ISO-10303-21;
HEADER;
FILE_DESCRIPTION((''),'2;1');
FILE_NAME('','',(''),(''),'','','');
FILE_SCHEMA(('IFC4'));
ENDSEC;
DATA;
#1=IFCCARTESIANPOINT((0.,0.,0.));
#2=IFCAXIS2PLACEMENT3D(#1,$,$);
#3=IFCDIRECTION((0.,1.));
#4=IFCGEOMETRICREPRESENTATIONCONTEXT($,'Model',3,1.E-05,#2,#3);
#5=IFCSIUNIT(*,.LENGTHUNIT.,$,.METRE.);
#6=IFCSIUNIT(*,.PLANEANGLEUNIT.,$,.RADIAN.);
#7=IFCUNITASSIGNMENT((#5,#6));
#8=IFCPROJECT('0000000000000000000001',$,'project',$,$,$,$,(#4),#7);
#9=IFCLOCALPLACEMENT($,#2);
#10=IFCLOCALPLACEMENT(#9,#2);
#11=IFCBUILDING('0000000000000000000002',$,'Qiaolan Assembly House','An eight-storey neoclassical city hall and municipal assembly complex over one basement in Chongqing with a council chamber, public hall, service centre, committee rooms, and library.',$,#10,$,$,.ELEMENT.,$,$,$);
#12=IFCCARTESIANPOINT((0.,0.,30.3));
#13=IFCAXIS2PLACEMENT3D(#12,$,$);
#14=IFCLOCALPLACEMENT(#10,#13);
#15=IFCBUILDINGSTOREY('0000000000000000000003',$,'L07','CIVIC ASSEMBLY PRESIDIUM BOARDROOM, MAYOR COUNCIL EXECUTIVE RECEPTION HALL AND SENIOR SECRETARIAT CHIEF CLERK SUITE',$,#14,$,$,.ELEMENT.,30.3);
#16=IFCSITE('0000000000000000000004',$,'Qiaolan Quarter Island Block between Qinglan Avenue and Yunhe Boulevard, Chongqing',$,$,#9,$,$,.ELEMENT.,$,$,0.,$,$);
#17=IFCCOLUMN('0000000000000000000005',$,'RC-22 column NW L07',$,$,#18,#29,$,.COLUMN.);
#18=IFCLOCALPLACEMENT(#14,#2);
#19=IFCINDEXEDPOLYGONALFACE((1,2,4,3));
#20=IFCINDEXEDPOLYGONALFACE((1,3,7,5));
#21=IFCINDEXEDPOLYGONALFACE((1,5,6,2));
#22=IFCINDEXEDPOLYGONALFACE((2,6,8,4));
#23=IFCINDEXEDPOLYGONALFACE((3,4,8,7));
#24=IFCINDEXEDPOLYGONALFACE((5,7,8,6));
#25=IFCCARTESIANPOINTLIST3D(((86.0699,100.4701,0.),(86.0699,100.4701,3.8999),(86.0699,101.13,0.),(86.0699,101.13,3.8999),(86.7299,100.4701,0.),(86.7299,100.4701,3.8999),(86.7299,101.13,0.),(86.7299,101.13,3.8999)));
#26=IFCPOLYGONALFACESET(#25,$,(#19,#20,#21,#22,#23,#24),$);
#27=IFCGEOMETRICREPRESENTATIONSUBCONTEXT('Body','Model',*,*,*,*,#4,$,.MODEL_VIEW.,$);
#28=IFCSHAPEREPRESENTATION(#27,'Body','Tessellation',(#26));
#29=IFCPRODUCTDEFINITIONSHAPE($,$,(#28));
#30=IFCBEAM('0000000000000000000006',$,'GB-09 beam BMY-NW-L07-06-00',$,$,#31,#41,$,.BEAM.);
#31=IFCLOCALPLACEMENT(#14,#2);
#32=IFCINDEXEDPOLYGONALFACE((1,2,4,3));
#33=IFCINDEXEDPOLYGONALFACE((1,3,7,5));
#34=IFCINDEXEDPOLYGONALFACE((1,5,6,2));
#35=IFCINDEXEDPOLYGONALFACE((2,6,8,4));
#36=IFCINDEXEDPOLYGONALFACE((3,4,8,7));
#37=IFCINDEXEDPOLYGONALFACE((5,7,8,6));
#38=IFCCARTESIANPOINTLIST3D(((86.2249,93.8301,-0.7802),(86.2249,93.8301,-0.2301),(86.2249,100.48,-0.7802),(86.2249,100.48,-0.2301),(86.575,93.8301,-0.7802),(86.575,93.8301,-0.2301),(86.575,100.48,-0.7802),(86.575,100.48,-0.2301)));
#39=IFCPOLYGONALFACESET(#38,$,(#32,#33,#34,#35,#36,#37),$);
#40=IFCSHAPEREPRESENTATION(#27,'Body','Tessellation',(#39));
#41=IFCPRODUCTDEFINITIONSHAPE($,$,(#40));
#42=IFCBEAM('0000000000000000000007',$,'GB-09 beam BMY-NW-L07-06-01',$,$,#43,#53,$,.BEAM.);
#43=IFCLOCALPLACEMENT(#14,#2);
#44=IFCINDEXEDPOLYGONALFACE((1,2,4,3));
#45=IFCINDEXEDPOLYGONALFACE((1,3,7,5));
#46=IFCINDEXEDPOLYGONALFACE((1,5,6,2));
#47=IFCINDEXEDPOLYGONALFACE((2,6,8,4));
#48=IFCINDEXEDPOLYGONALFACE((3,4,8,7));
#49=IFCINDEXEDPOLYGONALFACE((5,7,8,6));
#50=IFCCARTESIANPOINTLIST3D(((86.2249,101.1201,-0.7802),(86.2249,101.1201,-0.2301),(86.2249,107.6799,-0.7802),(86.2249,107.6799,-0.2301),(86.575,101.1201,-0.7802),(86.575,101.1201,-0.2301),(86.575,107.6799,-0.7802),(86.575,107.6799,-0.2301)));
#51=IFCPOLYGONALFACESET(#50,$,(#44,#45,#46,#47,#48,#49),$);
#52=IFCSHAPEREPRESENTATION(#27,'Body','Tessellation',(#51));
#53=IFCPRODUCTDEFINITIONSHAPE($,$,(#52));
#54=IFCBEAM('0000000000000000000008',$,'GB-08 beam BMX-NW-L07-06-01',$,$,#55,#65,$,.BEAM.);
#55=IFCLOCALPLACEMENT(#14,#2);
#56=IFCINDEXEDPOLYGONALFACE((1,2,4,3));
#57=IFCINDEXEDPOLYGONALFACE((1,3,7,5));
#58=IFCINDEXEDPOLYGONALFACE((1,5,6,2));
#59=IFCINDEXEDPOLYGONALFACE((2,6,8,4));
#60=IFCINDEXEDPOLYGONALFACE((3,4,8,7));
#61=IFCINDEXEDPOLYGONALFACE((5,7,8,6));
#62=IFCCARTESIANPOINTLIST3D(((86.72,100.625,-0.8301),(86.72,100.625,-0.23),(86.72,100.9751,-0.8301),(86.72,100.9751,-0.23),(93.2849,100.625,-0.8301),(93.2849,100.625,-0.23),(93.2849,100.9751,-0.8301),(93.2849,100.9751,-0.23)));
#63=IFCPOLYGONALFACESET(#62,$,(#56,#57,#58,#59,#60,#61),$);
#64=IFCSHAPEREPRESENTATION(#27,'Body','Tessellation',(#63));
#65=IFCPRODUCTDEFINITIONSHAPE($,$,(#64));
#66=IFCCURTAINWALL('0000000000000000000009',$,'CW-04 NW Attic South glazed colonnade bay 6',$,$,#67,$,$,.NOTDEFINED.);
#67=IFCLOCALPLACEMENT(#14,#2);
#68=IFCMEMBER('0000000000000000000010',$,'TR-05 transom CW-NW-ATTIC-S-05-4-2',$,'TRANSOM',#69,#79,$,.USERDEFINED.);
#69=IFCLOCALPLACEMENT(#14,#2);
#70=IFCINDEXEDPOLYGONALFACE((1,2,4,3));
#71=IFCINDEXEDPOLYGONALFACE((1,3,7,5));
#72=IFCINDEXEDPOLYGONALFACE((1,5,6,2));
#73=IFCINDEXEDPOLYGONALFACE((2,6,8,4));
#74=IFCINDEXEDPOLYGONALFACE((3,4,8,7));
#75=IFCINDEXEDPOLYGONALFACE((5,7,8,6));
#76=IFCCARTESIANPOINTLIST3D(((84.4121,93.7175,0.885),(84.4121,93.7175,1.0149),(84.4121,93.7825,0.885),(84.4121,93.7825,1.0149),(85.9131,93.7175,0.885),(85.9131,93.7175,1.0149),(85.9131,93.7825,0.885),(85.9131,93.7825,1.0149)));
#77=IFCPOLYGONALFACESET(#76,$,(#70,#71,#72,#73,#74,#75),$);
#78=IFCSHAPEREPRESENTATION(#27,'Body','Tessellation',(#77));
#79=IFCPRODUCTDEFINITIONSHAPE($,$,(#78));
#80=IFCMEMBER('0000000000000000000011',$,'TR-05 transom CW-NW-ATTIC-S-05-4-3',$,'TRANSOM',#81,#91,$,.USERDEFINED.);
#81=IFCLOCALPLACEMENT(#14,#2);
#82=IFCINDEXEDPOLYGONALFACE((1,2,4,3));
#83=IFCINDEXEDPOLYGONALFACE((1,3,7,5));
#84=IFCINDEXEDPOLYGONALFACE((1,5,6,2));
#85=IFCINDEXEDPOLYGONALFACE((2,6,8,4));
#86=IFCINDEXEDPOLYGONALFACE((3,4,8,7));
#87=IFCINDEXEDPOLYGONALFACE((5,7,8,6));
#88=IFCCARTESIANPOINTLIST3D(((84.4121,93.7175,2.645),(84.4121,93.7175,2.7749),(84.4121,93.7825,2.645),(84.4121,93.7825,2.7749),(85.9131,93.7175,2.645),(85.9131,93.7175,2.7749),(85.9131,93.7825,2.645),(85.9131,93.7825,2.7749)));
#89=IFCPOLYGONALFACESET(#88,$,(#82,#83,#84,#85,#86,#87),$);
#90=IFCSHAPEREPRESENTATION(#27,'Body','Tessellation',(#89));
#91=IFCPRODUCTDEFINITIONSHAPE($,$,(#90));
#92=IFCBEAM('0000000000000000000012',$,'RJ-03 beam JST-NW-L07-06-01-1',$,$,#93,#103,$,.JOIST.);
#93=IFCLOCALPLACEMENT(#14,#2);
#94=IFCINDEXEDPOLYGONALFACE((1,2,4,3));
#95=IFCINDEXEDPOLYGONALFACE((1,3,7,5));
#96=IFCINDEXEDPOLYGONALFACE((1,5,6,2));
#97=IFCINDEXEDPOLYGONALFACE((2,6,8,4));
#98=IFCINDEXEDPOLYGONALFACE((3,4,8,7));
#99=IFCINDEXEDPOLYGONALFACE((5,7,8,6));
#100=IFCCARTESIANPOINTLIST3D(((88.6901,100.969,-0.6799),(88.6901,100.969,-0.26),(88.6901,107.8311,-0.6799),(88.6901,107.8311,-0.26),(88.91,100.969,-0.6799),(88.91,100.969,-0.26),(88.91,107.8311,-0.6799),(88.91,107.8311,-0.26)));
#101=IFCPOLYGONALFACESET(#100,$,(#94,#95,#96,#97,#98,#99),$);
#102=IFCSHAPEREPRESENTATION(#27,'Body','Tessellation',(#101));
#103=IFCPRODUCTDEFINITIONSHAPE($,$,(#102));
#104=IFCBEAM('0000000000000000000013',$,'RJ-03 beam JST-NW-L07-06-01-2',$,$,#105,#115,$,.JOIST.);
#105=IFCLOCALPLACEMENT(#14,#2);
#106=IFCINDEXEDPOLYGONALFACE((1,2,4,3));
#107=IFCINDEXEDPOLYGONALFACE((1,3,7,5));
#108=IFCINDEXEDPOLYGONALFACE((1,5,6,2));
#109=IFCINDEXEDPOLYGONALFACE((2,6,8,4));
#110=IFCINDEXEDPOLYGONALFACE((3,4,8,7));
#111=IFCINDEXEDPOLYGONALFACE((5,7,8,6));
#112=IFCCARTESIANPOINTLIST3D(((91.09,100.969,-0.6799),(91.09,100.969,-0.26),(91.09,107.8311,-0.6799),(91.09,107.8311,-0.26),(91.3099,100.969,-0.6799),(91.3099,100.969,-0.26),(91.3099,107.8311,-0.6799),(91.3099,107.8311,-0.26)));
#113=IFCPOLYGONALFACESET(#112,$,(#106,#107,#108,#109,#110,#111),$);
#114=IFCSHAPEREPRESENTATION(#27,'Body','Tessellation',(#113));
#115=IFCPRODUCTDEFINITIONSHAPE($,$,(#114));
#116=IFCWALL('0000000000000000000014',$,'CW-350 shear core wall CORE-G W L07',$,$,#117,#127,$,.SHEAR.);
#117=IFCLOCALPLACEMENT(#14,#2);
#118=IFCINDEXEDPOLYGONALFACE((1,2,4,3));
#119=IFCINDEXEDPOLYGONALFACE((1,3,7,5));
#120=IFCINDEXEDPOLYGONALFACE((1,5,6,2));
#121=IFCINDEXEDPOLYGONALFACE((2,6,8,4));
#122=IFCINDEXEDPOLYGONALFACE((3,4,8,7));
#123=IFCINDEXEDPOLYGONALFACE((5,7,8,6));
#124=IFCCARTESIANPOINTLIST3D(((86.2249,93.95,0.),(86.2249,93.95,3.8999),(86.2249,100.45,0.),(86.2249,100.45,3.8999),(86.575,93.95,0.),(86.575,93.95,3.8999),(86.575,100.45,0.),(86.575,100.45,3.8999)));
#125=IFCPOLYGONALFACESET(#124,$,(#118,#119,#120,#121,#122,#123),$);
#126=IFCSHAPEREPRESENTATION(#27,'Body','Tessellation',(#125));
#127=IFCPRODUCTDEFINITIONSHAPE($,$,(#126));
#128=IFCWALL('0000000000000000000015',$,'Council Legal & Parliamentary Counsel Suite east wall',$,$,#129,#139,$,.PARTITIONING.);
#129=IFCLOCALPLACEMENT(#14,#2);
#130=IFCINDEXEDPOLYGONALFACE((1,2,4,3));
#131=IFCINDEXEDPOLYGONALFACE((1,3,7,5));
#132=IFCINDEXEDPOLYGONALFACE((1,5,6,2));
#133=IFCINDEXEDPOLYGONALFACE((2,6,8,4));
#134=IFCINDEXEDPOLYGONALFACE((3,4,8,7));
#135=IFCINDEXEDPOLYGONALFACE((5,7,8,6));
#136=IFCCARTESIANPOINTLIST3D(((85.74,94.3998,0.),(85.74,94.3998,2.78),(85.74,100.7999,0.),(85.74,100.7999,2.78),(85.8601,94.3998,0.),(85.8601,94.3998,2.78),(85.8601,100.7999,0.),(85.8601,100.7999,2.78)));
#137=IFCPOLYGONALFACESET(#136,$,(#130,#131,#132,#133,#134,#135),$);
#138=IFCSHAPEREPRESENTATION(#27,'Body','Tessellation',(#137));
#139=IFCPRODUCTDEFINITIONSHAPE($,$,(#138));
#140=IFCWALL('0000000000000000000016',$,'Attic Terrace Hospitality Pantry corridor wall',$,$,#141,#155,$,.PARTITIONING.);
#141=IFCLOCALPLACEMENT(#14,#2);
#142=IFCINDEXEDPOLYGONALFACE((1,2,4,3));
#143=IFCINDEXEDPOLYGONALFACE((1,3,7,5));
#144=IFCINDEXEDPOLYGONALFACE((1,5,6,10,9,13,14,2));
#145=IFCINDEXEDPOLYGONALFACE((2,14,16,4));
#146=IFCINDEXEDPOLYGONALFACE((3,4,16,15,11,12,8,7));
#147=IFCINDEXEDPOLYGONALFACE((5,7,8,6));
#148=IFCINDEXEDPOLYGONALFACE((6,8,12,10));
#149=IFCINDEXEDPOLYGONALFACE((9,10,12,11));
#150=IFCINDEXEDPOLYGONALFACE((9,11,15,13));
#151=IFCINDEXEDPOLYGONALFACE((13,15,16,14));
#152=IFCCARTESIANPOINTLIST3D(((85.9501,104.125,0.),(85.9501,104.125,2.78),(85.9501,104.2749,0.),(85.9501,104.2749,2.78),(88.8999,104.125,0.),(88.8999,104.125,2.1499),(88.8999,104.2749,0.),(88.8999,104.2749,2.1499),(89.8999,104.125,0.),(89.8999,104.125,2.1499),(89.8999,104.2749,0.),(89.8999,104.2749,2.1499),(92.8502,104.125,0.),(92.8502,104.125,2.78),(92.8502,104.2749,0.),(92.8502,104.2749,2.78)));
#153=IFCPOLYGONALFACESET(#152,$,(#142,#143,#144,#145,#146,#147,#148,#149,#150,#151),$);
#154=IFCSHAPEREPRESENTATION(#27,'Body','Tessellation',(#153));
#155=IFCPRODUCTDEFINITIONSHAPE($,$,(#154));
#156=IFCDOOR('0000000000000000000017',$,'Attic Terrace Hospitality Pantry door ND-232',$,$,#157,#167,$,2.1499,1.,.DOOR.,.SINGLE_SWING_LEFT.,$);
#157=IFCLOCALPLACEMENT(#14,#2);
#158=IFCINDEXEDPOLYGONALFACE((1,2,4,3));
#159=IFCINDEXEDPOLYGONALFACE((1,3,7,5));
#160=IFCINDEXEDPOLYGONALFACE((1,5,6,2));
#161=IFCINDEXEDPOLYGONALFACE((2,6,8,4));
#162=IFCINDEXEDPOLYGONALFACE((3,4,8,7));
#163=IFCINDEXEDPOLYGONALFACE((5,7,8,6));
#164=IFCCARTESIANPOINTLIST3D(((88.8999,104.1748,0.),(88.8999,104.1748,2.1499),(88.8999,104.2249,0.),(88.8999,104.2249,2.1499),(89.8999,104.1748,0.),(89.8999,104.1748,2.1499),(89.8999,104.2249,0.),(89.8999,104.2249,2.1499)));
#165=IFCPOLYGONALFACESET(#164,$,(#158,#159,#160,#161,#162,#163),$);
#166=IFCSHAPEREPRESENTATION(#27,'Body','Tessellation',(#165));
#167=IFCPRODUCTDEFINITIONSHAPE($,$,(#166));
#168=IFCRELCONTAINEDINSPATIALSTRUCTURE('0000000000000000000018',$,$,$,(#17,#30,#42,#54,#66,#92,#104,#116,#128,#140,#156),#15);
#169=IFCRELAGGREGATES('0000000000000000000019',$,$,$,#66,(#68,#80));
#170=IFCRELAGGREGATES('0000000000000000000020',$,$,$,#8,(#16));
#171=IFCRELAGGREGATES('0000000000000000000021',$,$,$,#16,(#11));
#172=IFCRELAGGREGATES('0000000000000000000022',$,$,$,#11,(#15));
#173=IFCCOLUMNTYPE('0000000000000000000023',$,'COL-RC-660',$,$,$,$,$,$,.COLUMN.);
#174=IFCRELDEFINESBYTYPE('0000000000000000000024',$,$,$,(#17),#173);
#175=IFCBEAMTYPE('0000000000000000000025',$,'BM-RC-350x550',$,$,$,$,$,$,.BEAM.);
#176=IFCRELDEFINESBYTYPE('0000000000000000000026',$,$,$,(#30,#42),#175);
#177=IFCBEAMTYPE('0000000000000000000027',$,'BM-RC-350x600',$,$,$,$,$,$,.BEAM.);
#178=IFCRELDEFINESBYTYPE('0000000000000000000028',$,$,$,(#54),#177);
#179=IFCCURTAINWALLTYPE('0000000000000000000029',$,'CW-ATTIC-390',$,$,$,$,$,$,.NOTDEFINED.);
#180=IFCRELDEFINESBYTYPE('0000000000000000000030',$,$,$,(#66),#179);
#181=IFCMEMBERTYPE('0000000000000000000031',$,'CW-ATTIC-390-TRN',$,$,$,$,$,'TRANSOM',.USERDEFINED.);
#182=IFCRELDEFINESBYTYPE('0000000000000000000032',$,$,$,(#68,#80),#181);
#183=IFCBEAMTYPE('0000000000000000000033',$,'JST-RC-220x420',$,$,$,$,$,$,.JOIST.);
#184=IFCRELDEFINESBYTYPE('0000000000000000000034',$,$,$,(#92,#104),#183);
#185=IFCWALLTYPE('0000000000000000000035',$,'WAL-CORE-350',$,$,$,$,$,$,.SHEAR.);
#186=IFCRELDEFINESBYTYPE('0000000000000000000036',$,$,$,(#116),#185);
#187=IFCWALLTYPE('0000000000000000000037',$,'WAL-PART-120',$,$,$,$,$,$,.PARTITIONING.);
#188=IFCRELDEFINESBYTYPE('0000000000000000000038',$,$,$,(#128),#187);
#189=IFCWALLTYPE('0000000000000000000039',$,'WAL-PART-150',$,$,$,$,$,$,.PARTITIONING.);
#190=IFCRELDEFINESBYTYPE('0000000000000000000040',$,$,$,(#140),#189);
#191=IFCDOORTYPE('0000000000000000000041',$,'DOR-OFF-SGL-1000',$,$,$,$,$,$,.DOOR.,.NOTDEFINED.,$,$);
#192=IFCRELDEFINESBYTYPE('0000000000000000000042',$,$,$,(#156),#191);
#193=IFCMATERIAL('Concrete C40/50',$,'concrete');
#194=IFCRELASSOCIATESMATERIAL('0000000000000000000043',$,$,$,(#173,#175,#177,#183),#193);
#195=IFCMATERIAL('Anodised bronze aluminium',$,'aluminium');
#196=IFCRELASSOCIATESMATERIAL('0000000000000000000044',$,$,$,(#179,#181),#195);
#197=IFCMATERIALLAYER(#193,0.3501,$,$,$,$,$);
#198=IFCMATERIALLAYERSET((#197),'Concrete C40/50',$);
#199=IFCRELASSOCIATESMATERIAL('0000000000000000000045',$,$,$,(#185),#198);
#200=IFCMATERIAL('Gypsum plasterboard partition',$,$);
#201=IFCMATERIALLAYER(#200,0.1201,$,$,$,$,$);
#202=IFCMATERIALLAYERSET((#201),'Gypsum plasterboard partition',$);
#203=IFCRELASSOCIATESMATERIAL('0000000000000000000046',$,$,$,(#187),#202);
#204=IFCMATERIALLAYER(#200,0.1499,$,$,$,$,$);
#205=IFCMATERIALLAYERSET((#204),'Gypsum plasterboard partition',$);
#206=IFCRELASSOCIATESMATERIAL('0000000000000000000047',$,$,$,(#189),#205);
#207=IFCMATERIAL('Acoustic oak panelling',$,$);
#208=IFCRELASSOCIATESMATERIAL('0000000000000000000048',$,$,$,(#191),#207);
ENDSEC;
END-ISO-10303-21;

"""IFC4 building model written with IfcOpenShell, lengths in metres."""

from ifc_helpers import new_model, si_unit, direction, frame, frame_2d, origin, origin_2d, place, context, subcontext, project, spatial, rectangle, extrude, material, layer, layer_set, material_profile, profile_set, type_object, element, fill, aggregate, save


model = new_model("IFC4")

# Units and contexts
model_context = context("Model", 3, precision=1e-05, world=origin(), true_north=direction((0.0, 1.0)))
body_context = subcontext(model_context, "Body", "Model", "MODEL_VIEW")
ifc_project = project(units=[si_unit("LENGTHUNIT", "METRE"), si_unit("PLANEANGLEUNIT", "RADIAN")], contexts=[model_context])

# Site, building, storey
site_placement = place(None, origin())
site = spatial("IfcSite", under=ifc_project, at=site_placement, Name="Qiaolan Quarter Island Block between Qinglan Avenue and Yunhe Boulevard, Chongqing", CompositionType="ELEMENT", RefElevation=0.0)
building_placement = place(site_placement, origin())
building = spatial("IfcBuilding", under=site, at=building_placement, Name="Qiaolan Assembly House", Description="An eight-storey neoclassical city hall and municipal assembly complex over one basement in Chongqing with a council chamber, public hall, service centre, committee rooms, and library.", CompositionType="ELEMENT")
storey_placement = place(building_placement, frame((0.0, 0.0, 30.3)))
storey = spatial("IfcBuildingStorey", under=building, at=storey_placement, Name="L07", Description="CIVIC ASSEMBLY PRESIDIUM BOARDROOM, MAYOR COUNCIL EXECUTIVE RECEPTION HALL AND SENIOR SECRETARIAT CHIEF CLERK SUITE", CompositionType="ELEMENT", Elevation=30.3)

# Column
ifc_material_1 = material(Name="Concrete C40/50", Category="concrete")
ifc_material_profile_1 = material_profile(ifc_material_1, rectangle(XDim=0.6599, YDim=0.6599, at=origin_2d()), Name="RC 660x660")
ifc_profile_set_1 = profile_set([ifc_material_profile_1], Name="Concrete C40/50")
column_type = type_object("IfcColumnType", Name="COL-RC-660", PredefinedType="COLUMN", material=ifc_profile_set_1)
column_placement = place(storey_placement, frame((86.3999, 100.8, 0.0), z_axis=(0.0, 0.0, 1.0), x_axis=(1.0, 0.0, 0.0)))
element("IfcColumn", 1, at=column_placement, inside=storey, type_object=column_type, Name="RC-22 column NW L07", PredefinedType="COLUMN", context=body_context, shape_type="SweptSolid", body=[
    extrude(rectangle(XDim=0.6599, YDim=0.6599, at=origin_2d()), origin(), (0.0, 0.0, 1.0), 3.8999),
])

# Beams
ifc_material_profile_2 = material_profile(ifc_material_1, rectangle(XDim=0.3501, YDim=0.55, at=origin_2d()), Name="RCB 350x550")
ifc_profile_set_2 = profile_set([ifc_material_profile_2], Name="Concrete C40/50")
beam_type_1 = type_object("IfcBeamType", Name="BM-RC-350x550", PredefinedType="BEAM", material=ifc_profile_set_2)
beam_1_placement = place(storey_placement, frame((86.3999, 93.8301, -0.5051), z_axis=(0.0, 1.0, 0.0), x_axis=(-1.0, 0.0, 0.0)))
element("IfcBeam", 2, at=beam_1_placement, inside=storey, type_object=beam_type_1, Name="GB-09 beam BMY-NW-L07-06-00", PredefinedType="BEAM", context=body_context, shape_type="SweptSolid", body=[
    extrude(rectangle(XDim=0.3501, YDim=0.55, at=origin_2d()), origin(), (0.0, 0.0, 1.0), 6.6499),
])
beam_2_placement = place(storey_placement, frame((86.3999, 101.1201, -0.5051), z_axis=(0.0, 1.0, 0.0), x_axis=(-1.0, 0.0, 0.0)))
element("IfcBeam", 3, at=beam_2_placement, inside=storey, type_object=beam_type_1, Name="GB-09 beam BMY-NW-L07-06-01", PredefinedType="BEAM", context=body_context, shape_type="SweptSolid", body=[
    extrude(rectangle(XDim=0.3501, YDim=0.55, at=origin_2d()), origin(), (0.0, 0.0, 1.0), 6.5598),
])
ifc_material_profile_3 = material_profile(ifc_material_1, rectangle(XDim=0.3501, YDim=0.6001, at=origin_2d()), Name="RCB 350x600")
ifc_profile_set_3 = profile_set([ifc_material_profile_3], Name="Concrete C40/50")
beam_type_2 = type_object("IfcBeamType", Name="BM-RC-350x600", PredefinedType="BEAM", material=ifc_profile_set_3)
beam_3_placement = place(storey_placement, frame((86.72, 100.8, -0.53), z_axis=(1.0, 0.0, 0.0), x_axis=(0.0, 1.0, 0.0)))
element("IfcBeam", 4, at=beam_3_placement, inside=storey, type_object=beam_type_2, Name="GB-08 beam BMX-NW-L07-06-01", PredefinedType="BEAM", context=body_context, shape_type="SweptSolid", body=[
    extrude(rectangle(XDim=0.3501, YDim=0.6001, at=origin_2d()), origin(), (0.0, 0.0, 1.0), 6.5649),
])

# Curtain wall, members
ifc_material_2 = material(Name="Anodised bronze aluminium", Category="aluminium")
curtain_wall_type = type_object("IfcCurtainWallType", Name="CW-ATTIC-390", PredefinedType="NOTDEFINED", material=ifc_material_2)
curtain_wall_placement = place(storey_placement, origin())
curtain_wall = element("IfcCurtainWall", 5, at=curtain_wall_placement, inside=storey, type_object=curtain_wall_type, Name="CW-04 NW Attic South glazed colonnade bay 6", PredefinedType="NOTDEFINED")
ifc_material_profile_4 = material_profile(ifc_material_2, rectangle(XDim=0.0649, YDim=0.1299, at=origin_2d()), Name="TRN 65x130")
ifc_profile_set_4 = profile_set([ifc_material_profile_4], Name="Anodised bronze aluminium")
member_type = type_object("IfcMemberType", Name="CW-ATTIC-390-TRN", ElementType="TRANSOM", PredefinedType="USERDEFINED", material=ifc_profile_set_4)
member_1_placement = place(storey_placement, frame((84.4121, 93.75, 0.95), z_axis=(1.0, 0.0, 0.0), x_axis=(0.0, 1.0, 0.0)))
member_1 = element("IfcMember", 6, at=member_1_placement, type_object=member_type, Name="TR-05 transom CW-NW-ATTIC-S-05-4-2", ObjectType="TRANSOM", PredefinedType="USERDEFINED", context=body_context, shape_type="SweptSolid", body=[
    extrude(rectangle(XDim=0.0649, YDim=0.1299, at=origin_2d()), origin(), (0.0, 0.0, 1.0), 1.501),
])
member_2_placement = place(storey_placement, frame((84.4121, 93.75, 2.71), z_axis=(1.0, 0.0, 0.0), x_axis=(0.0, 1.0, 0.0)))
member_2 = element("IfcMember", 7, at=member_2_placement, type_object=member_type, Name="TR-05 transom CW-NW-ATTIC-S-05-4-3", ObjectType="TRANSOM", PredefinedType="USERDEFINED", context=body_context, shape_type="SweptSolid", body=[
    extrude(rectangle(XDim=0.0649, YDim=0.1299, at=origin_2d()), origin(), (0.0, 0.0, 1.0), 1.501),
])
aggregate(curtain_wall, [member_1, member_2])

# Beams
ifc_material_profile_5 = material_profile(ifc_material_1, rectangle(XDim=0.22, YDim=0.4199, at=origin_2d()), Name="RCB 220x420")
ifc_profile_set_5 = profile_set([ifc_material_profile_5], Name="Concrete C40/50")
beam_type_3 = type_object("IfcBeamType", Name="JST-RC-220x420", PredefinedType="JOIST", material=ifc_profile_set_5)
for number, where, z_axis, x_axis, name in (
    (8, (88.8, 100.969, -0.47), (0.0, 1.0, 0.0), (-1.0, 0.0, 0.0), "RJ-03 beam JST-NW-L07-06-01-1"),
    (9, (91.2, 100.969, -0.47), (0.0, 1.0, 0.0), (-1.0, 0.0, 0.0), "RJ-03 beam JST-NW-L07-06-01-2"),
):
    element("IfcBeam", number, at=place(storey_placement, frame(where, z_axis=z_axis, x_axis=x_axis)), inside=storey, type_object=beam_type_3, Name=name, PredefinedType="JOIST", context=body_context, shape_type="SweptSolid", body=[
        extrude(rectangle(XDim=0.22, YDim=0.4199, at=origin_2d()), origin(), (0.0, 0.0, 1.0), 6.8621),
    ])

# Walls
ifc_layer_1 = layer(ifc_material_1, 0.3501)
ifc_layer_set_1 = layer_set([ifc_layer_1], Name="Concrete C40/50")
wall_type_1 = type_object("IfcWallType", Name="WAL-CORE-350", PredefinedType="SHEAR", material=ifc_layer_set_1)
wall_1_placement = place(storey_placement, frame((86.3999, 100.45, 0.0), z_axis=(0.0, 0.0, 1.0), x_axis=(0.0, -1.0, 0.0)))
element("IfcWall", 10, at=wall_1_placement, inside=storey, type_object=wall_type_1, Name="CW-350 shear core wall CORE-G W L07", PredefinedType="SHEAR", context=body_context, shape_type="SweptSolid", body=[
    extrude(rectangle(XDim=6.5, YDim=0.3501, at=frame_2d((3.25, 0.0))), origin(), (0.0, 0.0, 1.0), 3.8999),
])
ifc_material_3 = material(Name="Gypsum plasterboard partition")
ifc_layer_2 = layer(ifc_material_3, 0.1201)
ifc_layer_set_2 = layer_set([ifc_layer_2], Name="Gypsum plasterboard partition")
wall_type_2 = type_object("IfcWallType", Name="WAL-PART-120", PredefinedType="PARTITIONING", material=ifc_layer_set_2)
wall_2_placement = place(storey_placement, frame((85.8, 100.8, 0.0), z_axis=(0.0, 0.0, 1.0), x_axis=(0.0, -1.0, 0.0)))
element("IfcWall", 11, at=wall_2_placement, inside=storey, type_object=wall_type_2, Name="Council Legal & Parliamentary Counsel Suite east wall", PredefinedType="PARTITIONING", context=body_context, shape_type="SweptSolid", body=[
    extrude(rectangle(XDim=6.4001, YDim=0.1201, at=frame_2d((3.2002, 0.0))), origin(), (0.0, 0.0, 1.0), 2.78),
])

# Wall, opening, door
ifc_layer_3 = layer(ifc_material_3, 0.1499)
ifc_layer_set_3 = layer_set([ifc_layer_3], Name="Gypsum plasterboard partition")
wall_type_3 = type_object("IfcWallType", Name="WAL-PART-150", PredefinedType="PARTITIONING", material=ifc_layer_set_3)
wall_3_placement = place(storey_placement, frame((85.95, 104.2, 0.0), z_axis=(0.0, 0.0, 1.0), x_axis=(1.0, 0.0, 0.0)))
wall_3 = element("IfcWall", 12, at=wall_3_placement, inside=storey, type_object=wall_type_3, Name="Attic Terrace Hospitality Pantry corridor wall", PredefinedType="PARTITIONING", context=body_context, shape_type="SweptSolid", body=[
    extrude(rectangle(XDim=6.9001, YDim=0.1499, at=frame_2d((3.4502, 0.0))), origin(), (0.0, 0.0, 1.0), 2.78),
])
opening_1_placement = place(wall_3_placement, frame((2.95, 0.0, 0.0)))
opening_1 = element("IfcOpeningElement", 13, at=opening_1_placement, cuts=wall_3, PredefinedType="OPENING", context=body_context, shape_type="SweptSolid", body=[
    extrude(rectangle(XDim=1.0, YDim=2.1499, at=frame_2d((0.5, 1.075))), frame((0.0, 0.085, 0.0), z_axis=(0.0, -1.0, 0.0), x_axis=(1.0, 0.0, 0.0)), (0.0, 0.0, 1.0), 0.1699),
])
ifc_material_4 = material(Name="Acoustic oak panelling")
door_type = type_object("IfcDoorType", Name="DOR-OFF-SGL-1000", OperationType="NOTDEFINED", PredefinedType="DOOR", material=ifc_material_4)
door_1_placement = place(opening_1_placement, origin())
door_1 = element("IfcDoor", 14, at=door_1_placement, inside=storey, type_object=door_type, Name="Attic Terrace Hospitality Pantry door ND-232", OperationType="SINGLE_SWING_LEFT", OverallHeight=2.1499, OverallWidth=1.0, PredefinedType="DOOR", context=body_context, shape_type="SweptSolid", body=[
    extrude(rectangle(XDim=1.0, YDim=2.1499, at=frame_2d((0.5, 1.075))), frame((0.0, 0.0249, 0.0), z_axis=(0.0, -1.0, 0.0), x_axis=(1.0, 0.0, 0.0)), (0.0, 0.0, 1.0), 0.05),
])
fill(opening_1, door_1)

save(model, "model.ifc")
